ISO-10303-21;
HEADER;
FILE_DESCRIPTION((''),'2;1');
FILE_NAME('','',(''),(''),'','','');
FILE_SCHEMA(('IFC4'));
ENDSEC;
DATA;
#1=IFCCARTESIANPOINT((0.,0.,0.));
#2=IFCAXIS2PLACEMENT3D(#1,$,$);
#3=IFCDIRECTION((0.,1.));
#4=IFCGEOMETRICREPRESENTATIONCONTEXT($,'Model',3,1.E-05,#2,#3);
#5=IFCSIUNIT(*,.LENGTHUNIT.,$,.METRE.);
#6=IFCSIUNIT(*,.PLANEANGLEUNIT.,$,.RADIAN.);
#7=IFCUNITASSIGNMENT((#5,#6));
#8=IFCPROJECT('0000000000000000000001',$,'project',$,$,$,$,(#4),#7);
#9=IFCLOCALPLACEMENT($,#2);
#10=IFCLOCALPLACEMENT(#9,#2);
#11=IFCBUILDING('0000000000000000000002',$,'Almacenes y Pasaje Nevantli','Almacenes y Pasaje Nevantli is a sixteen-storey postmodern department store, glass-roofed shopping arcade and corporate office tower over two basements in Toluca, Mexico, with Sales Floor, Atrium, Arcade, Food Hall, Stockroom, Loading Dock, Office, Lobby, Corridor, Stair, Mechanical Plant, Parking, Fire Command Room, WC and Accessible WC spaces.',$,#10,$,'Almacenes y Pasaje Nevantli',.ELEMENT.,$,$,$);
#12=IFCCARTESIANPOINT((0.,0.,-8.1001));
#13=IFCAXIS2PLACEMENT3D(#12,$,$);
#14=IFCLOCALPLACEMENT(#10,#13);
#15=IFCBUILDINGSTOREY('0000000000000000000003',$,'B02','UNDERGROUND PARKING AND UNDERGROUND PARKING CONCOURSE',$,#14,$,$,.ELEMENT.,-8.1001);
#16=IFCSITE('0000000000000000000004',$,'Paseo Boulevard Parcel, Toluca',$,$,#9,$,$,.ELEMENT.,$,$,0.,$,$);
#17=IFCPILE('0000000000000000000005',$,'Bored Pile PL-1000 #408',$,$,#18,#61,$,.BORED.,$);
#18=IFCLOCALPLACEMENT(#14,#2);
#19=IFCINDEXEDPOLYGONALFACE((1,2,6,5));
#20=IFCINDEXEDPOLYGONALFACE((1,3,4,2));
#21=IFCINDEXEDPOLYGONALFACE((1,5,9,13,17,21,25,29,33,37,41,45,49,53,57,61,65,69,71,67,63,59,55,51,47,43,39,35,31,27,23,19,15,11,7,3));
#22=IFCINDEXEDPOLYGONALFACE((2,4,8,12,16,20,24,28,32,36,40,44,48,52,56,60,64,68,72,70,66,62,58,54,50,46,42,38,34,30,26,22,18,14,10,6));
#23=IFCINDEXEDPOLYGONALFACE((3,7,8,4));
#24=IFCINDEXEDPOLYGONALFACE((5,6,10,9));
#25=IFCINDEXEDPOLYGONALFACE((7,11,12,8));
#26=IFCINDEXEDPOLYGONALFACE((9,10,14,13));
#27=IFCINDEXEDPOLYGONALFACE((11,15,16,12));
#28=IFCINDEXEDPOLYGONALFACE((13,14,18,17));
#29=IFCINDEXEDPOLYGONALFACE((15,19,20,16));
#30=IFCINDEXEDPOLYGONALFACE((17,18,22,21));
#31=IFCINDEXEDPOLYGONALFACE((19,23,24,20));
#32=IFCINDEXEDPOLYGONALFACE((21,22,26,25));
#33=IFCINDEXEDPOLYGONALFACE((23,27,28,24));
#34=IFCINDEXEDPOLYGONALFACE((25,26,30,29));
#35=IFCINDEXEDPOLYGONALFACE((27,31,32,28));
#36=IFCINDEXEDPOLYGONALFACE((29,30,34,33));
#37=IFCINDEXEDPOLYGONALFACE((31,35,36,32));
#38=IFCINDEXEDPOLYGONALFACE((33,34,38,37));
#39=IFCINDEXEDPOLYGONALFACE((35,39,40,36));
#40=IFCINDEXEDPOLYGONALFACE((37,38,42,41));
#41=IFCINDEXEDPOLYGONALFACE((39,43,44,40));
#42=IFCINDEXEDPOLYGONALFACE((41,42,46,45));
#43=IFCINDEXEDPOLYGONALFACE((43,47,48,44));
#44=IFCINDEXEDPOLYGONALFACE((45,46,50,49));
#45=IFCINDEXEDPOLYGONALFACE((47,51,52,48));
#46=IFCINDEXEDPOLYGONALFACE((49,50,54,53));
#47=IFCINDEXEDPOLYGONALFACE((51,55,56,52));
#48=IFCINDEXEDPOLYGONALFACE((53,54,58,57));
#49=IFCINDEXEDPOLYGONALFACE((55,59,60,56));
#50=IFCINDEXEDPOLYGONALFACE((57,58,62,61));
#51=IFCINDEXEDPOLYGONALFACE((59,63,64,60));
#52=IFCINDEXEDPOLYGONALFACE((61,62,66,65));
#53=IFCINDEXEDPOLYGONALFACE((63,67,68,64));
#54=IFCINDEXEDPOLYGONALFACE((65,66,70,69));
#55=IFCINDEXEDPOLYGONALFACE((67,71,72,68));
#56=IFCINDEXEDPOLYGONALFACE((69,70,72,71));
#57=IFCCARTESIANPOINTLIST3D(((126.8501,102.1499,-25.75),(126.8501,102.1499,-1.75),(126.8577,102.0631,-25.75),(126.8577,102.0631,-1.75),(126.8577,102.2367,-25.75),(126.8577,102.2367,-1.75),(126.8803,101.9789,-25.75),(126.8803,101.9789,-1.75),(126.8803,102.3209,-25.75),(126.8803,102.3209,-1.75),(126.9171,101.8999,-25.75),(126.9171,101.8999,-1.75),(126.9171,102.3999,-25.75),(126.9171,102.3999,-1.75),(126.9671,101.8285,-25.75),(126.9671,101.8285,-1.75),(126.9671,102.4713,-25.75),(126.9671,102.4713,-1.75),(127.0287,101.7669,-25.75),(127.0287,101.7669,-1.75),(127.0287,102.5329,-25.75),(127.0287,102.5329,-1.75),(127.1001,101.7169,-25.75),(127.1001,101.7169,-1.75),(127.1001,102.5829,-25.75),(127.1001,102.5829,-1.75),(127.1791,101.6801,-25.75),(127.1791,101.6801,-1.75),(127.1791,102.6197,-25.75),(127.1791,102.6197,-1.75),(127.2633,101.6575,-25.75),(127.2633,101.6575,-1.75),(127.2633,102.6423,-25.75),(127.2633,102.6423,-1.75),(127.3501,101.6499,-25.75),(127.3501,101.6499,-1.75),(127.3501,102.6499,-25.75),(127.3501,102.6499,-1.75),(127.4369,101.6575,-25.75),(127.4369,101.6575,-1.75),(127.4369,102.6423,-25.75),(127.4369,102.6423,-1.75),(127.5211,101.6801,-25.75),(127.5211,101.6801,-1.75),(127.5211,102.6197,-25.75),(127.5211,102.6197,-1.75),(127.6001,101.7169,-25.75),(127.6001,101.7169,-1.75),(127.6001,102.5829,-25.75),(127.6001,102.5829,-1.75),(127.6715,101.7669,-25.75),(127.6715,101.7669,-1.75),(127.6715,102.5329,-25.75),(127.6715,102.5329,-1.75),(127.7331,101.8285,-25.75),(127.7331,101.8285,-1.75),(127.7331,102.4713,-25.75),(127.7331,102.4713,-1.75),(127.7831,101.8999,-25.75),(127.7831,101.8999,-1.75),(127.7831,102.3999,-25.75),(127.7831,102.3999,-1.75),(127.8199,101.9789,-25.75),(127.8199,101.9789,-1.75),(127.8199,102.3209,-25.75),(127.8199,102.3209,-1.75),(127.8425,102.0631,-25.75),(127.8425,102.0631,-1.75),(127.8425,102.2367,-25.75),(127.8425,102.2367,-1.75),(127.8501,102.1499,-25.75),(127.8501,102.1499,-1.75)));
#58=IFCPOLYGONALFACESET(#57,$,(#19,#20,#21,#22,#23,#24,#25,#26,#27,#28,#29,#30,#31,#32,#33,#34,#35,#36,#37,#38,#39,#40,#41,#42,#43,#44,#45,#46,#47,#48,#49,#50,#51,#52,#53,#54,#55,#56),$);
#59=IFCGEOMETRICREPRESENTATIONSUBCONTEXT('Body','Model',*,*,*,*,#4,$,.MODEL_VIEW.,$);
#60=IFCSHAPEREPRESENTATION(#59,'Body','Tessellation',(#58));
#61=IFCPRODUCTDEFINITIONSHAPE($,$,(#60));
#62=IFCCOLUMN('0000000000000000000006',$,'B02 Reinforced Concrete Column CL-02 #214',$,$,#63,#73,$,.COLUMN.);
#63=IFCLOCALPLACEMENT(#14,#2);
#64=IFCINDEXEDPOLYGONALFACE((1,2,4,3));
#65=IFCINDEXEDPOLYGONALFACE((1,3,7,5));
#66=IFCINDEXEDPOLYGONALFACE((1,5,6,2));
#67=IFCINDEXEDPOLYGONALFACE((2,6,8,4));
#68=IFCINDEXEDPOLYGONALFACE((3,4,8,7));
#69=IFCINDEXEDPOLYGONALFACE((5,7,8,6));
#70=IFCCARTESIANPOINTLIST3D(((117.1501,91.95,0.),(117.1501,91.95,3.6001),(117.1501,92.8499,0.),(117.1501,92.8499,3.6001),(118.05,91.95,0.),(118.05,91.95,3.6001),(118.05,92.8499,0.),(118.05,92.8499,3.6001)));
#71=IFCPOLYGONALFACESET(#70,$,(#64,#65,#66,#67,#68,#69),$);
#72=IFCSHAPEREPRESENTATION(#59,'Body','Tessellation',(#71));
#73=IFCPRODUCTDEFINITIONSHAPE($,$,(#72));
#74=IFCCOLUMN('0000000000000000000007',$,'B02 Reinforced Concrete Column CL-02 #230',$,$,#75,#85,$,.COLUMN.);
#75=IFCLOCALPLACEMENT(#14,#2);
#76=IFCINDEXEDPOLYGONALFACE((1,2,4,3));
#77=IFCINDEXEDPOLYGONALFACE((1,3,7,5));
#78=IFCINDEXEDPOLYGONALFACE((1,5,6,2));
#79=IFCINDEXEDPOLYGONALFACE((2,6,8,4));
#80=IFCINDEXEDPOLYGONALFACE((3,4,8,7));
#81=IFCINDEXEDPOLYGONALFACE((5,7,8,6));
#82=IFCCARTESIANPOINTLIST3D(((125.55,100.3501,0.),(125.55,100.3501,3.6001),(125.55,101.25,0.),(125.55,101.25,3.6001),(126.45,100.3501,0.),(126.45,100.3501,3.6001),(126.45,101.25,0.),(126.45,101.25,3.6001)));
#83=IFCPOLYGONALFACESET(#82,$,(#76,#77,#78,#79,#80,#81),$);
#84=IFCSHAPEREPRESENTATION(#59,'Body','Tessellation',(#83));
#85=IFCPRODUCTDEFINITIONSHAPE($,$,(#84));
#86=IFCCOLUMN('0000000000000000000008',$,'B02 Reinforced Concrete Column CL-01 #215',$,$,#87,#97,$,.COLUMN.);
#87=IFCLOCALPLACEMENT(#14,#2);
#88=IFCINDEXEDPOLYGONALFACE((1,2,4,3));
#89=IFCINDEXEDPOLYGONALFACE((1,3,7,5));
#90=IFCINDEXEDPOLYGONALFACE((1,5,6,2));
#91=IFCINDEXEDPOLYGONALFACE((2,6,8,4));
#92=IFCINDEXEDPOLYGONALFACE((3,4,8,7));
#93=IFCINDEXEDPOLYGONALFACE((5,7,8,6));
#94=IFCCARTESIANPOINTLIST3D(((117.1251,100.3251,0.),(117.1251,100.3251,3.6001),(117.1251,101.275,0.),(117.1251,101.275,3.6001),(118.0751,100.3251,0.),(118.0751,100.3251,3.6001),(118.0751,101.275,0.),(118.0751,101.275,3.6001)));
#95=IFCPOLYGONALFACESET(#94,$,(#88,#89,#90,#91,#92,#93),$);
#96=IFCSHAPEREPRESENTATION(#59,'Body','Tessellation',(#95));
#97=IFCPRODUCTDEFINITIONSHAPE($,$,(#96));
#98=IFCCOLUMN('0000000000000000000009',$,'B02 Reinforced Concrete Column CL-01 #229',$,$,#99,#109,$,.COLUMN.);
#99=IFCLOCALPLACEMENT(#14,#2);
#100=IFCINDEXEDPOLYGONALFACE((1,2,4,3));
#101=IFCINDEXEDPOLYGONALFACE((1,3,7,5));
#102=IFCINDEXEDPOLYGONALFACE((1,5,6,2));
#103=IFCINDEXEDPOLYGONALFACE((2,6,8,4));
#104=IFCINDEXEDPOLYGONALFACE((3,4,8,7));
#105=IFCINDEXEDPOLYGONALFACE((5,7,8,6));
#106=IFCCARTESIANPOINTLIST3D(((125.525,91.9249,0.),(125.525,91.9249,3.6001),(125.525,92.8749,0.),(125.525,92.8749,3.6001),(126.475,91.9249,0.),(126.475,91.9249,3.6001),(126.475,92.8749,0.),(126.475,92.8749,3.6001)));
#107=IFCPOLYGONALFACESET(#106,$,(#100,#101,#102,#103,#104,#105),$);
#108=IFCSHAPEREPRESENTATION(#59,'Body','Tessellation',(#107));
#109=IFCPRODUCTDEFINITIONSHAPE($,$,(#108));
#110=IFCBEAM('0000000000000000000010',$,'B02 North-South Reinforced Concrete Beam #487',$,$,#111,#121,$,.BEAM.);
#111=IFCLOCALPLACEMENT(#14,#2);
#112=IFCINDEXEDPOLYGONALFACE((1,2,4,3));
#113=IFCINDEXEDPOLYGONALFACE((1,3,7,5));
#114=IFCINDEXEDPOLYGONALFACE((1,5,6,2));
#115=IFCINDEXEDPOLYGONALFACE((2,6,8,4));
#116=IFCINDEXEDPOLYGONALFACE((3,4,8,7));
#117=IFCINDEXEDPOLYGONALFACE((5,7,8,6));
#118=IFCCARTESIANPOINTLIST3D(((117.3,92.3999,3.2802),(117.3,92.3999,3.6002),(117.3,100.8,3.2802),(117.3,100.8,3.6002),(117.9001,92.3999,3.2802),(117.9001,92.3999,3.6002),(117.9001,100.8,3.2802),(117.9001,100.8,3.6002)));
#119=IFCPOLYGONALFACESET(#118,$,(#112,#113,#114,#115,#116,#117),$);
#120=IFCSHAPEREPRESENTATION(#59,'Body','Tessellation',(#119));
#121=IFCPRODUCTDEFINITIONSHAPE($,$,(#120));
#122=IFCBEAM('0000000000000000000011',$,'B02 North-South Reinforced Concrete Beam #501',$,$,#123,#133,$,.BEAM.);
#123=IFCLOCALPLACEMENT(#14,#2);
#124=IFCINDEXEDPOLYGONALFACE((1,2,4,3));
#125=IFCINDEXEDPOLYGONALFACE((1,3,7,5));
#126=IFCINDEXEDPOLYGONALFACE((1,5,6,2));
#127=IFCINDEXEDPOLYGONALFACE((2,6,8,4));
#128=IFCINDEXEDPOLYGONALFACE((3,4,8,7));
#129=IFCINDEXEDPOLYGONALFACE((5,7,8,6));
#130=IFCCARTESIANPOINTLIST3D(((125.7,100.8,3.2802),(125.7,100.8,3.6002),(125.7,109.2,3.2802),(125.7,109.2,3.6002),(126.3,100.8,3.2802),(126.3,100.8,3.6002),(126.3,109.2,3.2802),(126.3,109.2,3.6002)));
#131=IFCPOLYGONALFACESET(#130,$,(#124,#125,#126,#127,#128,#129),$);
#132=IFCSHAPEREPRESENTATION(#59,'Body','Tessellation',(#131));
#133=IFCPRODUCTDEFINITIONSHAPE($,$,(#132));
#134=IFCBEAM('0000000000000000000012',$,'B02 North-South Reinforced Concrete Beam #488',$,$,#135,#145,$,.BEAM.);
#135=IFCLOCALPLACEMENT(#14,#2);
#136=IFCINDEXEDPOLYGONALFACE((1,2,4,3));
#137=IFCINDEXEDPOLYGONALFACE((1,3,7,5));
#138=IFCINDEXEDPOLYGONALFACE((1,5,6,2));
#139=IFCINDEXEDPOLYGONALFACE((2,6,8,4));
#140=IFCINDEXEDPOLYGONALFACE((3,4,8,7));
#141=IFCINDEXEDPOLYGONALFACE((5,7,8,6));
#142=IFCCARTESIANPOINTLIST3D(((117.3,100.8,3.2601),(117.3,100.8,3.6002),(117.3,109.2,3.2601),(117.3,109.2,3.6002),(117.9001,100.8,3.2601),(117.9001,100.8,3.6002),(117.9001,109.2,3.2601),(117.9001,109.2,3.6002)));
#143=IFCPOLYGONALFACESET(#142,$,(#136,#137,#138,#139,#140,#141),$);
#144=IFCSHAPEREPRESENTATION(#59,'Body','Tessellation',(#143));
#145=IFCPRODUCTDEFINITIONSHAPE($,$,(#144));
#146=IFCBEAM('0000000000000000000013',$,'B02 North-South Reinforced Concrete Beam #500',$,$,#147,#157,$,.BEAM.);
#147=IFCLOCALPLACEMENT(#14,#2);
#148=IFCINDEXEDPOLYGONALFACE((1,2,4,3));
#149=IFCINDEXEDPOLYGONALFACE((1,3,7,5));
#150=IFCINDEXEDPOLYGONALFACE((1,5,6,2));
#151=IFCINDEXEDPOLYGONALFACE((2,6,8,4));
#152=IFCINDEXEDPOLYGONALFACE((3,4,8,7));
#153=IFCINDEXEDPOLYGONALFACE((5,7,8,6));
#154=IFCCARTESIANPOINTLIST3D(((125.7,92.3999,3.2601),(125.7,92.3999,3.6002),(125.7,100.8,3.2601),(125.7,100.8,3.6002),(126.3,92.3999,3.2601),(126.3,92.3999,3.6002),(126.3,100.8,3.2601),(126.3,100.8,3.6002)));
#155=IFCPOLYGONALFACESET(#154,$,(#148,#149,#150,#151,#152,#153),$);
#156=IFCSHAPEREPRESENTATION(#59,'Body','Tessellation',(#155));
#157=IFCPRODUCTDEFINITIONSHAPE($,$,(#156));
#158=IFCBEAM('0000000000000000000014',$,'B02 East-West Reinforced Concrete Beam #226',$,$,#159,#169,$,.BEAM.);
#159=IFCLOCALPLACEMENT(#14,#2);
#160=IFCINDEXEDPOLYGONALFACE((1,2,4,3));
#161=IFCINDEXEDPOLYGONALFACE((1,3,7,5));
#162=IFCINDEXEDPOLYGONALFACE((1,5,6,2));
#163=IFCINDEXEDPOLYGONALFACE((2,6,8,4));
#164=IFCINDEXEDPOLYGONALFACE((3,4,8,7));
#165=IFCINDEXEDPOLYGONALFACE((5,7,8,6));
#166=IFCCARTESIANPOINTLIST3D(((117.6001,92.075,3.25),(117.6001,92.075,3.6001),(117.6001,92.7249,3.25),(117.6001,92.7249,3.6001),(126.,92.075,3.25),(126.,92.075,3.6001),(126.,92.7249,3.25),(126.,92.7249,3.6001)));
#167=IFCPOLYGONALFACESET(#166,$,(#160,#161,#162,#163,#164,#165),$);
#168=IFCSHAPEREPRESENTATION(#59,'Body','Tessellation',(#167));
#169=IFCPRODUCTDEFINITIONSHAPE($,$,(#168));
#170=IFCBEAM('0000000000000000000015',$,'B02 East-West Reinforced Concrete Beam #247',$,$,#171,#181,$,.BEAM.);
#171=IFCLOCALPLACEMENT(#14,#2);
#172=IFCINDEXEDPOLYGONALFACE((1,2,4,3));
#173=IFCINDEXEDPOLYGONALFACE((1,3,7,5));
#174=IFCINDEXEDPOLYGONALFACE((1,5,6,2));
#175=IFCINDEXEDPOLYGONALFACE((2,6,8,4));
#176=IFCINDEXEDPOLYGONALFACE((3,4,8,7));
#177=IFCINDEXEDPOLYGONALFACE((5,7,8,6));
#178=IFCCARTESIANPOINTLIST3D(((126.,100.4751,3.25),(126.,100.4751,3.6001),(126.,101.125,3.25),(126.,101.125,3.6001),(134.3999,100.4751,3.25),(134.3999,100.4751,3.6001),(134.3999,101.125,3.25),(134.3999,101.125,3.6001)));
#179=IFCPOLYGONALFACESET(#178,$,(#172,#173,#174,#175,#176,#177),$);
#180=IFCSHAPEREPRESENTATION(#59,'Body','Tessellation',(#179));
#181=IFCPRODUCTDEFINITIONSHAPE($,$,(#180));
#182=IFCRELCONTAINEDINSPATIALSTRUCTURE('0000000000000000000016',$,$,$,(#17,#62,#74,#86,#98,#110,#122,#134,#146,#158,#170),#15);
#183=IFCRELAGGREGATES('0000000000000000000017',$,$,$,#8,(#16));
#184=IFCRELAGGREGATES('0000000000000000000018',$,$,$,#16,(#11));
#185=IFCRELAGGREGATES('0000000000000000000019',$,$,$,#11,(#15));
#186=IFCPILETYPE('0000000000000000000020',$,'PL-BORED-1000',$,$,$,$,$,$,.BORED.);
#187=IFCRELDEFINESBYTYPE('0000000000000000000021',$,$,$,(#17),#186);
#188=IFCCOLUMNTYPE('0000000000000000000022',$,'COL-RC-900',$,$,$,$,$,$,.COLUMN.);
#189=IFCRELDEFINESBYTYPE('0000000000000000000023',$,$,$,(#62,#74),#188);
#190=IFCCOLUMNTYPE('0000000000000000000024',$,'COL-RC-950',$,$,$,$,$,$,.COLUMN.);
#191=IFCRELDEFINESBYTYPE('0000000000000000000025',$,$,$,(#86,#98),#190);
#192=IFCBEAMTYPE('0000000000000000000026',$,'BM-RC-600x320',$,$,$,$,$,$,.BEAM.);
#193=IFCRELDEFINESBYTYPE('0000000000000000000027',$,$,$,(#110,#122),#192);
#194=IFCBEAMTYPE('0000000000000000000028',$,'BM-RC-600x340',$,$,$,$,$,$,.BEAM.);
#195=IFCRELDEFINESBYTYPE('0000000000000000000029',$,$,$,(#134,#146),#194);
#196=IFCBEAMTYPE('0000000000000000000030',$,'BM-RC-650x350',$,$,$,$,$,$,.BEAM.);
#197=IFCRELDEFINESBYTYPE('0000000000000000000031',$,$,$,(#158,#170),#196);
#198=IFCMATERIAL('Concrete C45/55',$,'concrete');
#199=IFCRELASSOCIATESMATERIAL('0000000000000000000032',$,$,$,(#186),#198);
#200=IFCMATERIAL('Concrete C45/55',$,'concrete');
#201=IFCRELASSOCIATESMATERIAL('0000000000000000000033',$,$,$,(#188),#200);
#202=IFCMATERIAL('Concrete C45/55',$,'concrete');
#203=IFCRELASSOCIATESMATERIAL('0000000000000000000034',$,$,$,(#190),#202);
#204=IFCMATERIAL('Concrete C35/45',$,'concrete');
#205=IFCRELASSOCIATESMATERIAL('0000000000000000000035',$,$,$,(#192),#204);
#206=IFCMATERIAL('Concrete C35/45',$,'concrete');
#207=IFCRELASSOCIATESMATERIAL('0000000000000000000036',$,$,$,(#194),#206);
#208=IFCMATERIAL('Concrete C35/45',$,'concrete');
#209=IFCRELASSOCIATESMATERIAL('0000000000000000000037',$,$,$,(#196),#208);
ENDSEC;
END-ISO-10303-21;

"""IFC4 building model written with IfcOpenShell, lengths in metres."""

from ifc_helpers import new_model, si_unit, direction, frame, origin, origin_2d, place, context, subcontext, project, spatial, rectangle, circle, extrude, material, material_profile, profile_set, type_object, element, save


model = new_model("IFC4")

# Units and contexts
model_context = context("Model", 3, precision=1e-05, world=origin(), true_north=direction((0.0, 1.0)))
body_context = subcontext(model_context, "Body", "Model", "MODEL_VIEW")
ifc_project = project(units=[si_unit("LENGTHUNIT", "METRE"), si_unit("PLANEANGLEUNIT", "RADIAN")], contexts=[model_context])

# Site, building, storey
site_placement = place(None, origin())
site = spatial("IfcSite", under=ifc_project, at=site_placement, Name="Paseo Boulevard Parcel, Toluca", CompositionType="ELEMENT", RefElevation=0.0)
building_placement = place(site_placement, origin())
building = spatial("IfcBuilding", under=site, at=building_placement, Name="Almacenes y Pasaje Nevantli", Description="Almacenes y Pasaje Nevantli is a sixteen-storey postmodern department store, glass-roofed shopping arcade and corporate office tower over two basements in Toluca, Mexico, with Sales Floor, Atrium, Arcade, Food Hall, Stockroom, Loading Dock, Office, Lobby, Corridor, Stair, Mechanical Plant, Parking, Fire Command Room, WC and Accessible WC spaces.", LongName="Almacenes y Pasaje Nevantli", CompositionType="ELEMENT")
storey_placement = place(building_placement, frame((0.0, 0.0, -8.1001)))
storey = spatial("IfcBuildingStorey", under=building, at=storey_placement, Name="B02", Description="UNDERGROUND PARKING AND UNDERGROUND PARKING CONCOURSE", CompositionType="ELEMENT", Elevation=-8.1001)

# Pile
ifc_material_1 = material(Name="Concrete C45/55", Category="concrete")
ifc_material_profile_1 = material_profile(ifc_material_1, circle(Radius=0.5, at=origin_2d()), Name="RC-PILE-D1000")
ifc_profile_set_1 = profile_set([ifc_material_profile_1], Name="Concrete C45/55")
pile_type = type_object("IfcPileType", Name="PL-BORED-1000", PredefinedType="BORED", material=ifc_profile_set_1)
for number, where, z_axis, x_axis, name in (
    (1, (127.3501, 102.1499, -1.75), (0.0, 0.0, -1.0), (1.0, 0.0, 0.0), "Bored Pile PL-1000 #408"),
):
    element("IfcPile", number, at=place(storey_placement, frame(where, z_axis=z_axis, x_axis=x_axis)), inside=storey, type_object=pile_type, Name=name, PredefinedType="BORED", context=body_context, shape_type="SweptSolid", body=[
        extrude(circle(Radius=0.5, at=origin_2d()), origin(), (0.0, 0.0, 1.0), 24.0),
    ])

# Columns
ifc_material_2 = material(Name="Concrete C45/55", Category="concrete")
ifc_material_profile_2 = material_profile(ifc_material_2, rectangle(XDim=0.8999, YDim=0.8999, at=origin_2d()), Name="RC-COL-900x900")
ifc_profile_set_2 = profile_set([ifc_material_profile_2], Name="Concrete C45/55")
column_type_1 = type_object("IfcColumnType", Name="COL-RC-900", PredefinedType="COLUMN", material=ifc_profile_set_2)
for number, where, z_axis, x_axis, name in (
    (2, (117.6001, 92.3999, 0.0), (0.0, 0.0, 1.0), (1.0, 0.0, 0.0), "B02 Reinforced Concrete Column CL-02 #214"),
    (3, (126.0, 100.8, 0.0), (0.0, 0.0, 1.0), (1.0, 0.0, 0.0), "B02 Reinforced Concrete Column CL-02 #230"),
):
    element("IfcColumn", number, at=place(storey_placement, frame(where, z_axis=z_axis, x_axis=x_axis)), inside=storey, type_object=column_type_1, Name=name, PredefinedType="COLUMN", context=body_context, shape_type="SweptSolid", body=[
        extrude(rectangle(XDim=0.8999, YDim=0.8999, at=origin_2d()), origin(), (0.0, 0.0, 1.0), 3.6001),
    ])
ifc_material_3 = material(Name="Concrete C45/55", Category="concrete")
ifc_material_profile_3 = material_profile(ifc_material_3, rectangle(XDim=0.95, YDim=0.95, at=origin_2d()), Name="RC-COL-950x950")
ifc_profile_set_3 = profile_set([ifc_material_profile_3], Name="Concrete C45/55")
column_type_2 = type_object("IfcColumnType", Name="COL-RC-950", PredefinedType="COLUMN", material=ifc_profile_set_3)
for number, where, z_axis, x_axis, name in (
    (4, (117.6001, 100.8, 0.0), (0.0, 0.0, 1.0), (1.0, 0.0, 0.0), "B02 Reinforced Concrete Column CL-01 #215"),
    (5, (126.0, 92.3999, 0.0), (0.0, 0.0, 1.0), (1.0, 0.0, 0.0), "B02 Reinforced Concrete Column CL-01 #229"),
):
    element("IfcColumn", number, at=place(storey_placement, frame(where, z_axis=z_axis, x_axis=x_axis)), inside=storey, type_object=column_type_2, Name=name, PredefinedType="COLUMN", context=body_context, shape_type="SweptSolid", body=[
        extrude(rectangle(XDim=0.95, YDim=0.95, at=origin_2d()), origin(), (0.0, 0.0, 1.0), 3.6001),
    ])

# Beams
ifc_material_4 = material(Name="Concrete C35/45", Category="concrete")
ifc_material_profile_4 = material_profile(ifc_material_4, rectangle(XDim=0.6001, YDim=0.3201, at=origin_2d()), Name="RC-BM-600x320")
ifc_profile_set_4 = profile_set([ifc_material_profile_4], Name="Concrete C35/45")
beam_type_1 = type_object("IfcBeamType", Name="BM-RC-600x320", PredefinedType="BEAM", material=ifc_profile_set_4)
beam_1_placement = place(storey_placement, frame((117.6001, 92.3999, 3.4402), z_axis=(0.0, 1.0, 0.0), x_axis=(-1.0, 0.0, 0.0)))
element("IfcBeam", 6, at=beam_1_placement, inside=storey, type_object=beam_type_1, Name="B02 North-South Reinforced Concrete Beam #487", PredefinedType="BEAM", context=body_context, shape_type="SweptSolid", body=[
    extrude(rectangle(XDim=0.6001, YDim=0.3201, at=origin_2d()), origin(), (0.0, 0.0, 1.0), 8.4001),
])
beam_2_placement = place(storey_placement, frame((126.0, 100.8, 3.4402), z_axis=(0.0, 1.0, 0.0), x_axis=(-1.0, 0.0, 0.0)))
element("IfcBeam", 7, at=beam_2_placement, inside=storey, type_object=beam_type_1, Name="B02 North-South Reinforced Concrete Beam #501", PredefinedType="BEAM", context=body_context, shape_type="SweptSolid", body=[
    extrude(rectangle(XDim=0.6001, YDim=0.3201, at=origin_2d()), origin(), (0.0, 0.0, 1.0), 8.3999),
])
ifc_material_5 = material(Name="Concrete C35/45", Category="concrete")
ifc_material_profile_5 = material_profile(ifc_material_5, rectangle(XDim=0.6001, YDim=0.3401, at=origin_2d()), Name="RC-BM-600x340")
ifc_profile_set_5 = profile_set([ifc_material_profile_5], Name="Concrete C35/45")
beam_type_2 = type_object("IfcBeamType", Name="BM-RC-600x340", PredefinedType="BEAM", material=ifc_profile_set_5)
beam_3_placement = place(storey_placement, frame((117.6001, 100.8, 3.4302), z_axis=(0.0, 1.0, 0.0), x_axis=(-1.0, 0.0, 0.0)))
element("IfcBeam", 8, at=beam_3_placement, inside=storey, type_object=beam_type_2, Name="B02 North-South Reinforced Concrete Beam #488", PredefinedType="BEAM", context=body_context, shape_type="SweptSolid", body=[
    extrude(rectangle(XDim=0.6001, YDim=0.3401, at=origin_2d()), origin(), (0.0, 0.0, 1.0), 8.3999),
])
beam_4_placement = place(storey_placement, frame((126.0, 92.3999, 3.4302), z_axis=(0.0, 1.0, 0.0), x_axis=(-1.0, 0.0, 0.0)))
element("IfcBeam", 9, at=beam_4_placement, inside=storey, type_object=beam_type_2, Name="B02 North-South Reinforced Concrete Beam #500", PredefinedType="BEAM", context=body_context, shape_type="SweptSolid", body=[
    extrude(rectangle(XDim=0.6001, YDim=0.3401, at=origin_2d()), origin(), (0.0, 0.0, 1.0), 8.4001),
])
ifc_material_6 = material(Name="Concrete C35/45", Category="concrete")
ifc_material_profile_6 = material_profile(ifc_material_6, rectangle(XDim=0.6499, YDim=0.3501, at=origin_2d()), Name="RC-BM-650x350")
ifc_profile_set_6 = profile_set([ifc_material_profile_6], Name="Concrete C35/45")
beam_type_3 = type_object("IfcBeamType", Name="BM-RC-650x350", PredefinedType="BEAM", material=ifc_profile_set_6)
for number, where, z_axis, x_axis, name in (
    (10, (117.6001, 92.3999, 3.425), (1.0, 0.0, 0.0), (0.0, 1.0, 0.0), "B02 East-West Reinforced Concrete Beam #226"),
    (11, (126.0, 100.8, 3.425), (1.0, 0.0, 0.0), (0.0, 1.0, 0.0), "B02 East-West Reinforced Concrete Beam #247"),
):
    element("IfcBeam", number, at=place(storey_placement, frame(where, z_axis=z_axis, x_axis=x_axis)), inside=storey, type_object=beam_type_3, Name=name, PredefinedType="BEAM", context=body_context, shape_type="SweptSolid", body=[
        extrude(rectangle(XDim=0.6499, YDim=0.3501, at=origin_2d()), origin(), (0.0, 0.0, 1.0), 8.3999),
    ])

save(model, "model.ifc")
